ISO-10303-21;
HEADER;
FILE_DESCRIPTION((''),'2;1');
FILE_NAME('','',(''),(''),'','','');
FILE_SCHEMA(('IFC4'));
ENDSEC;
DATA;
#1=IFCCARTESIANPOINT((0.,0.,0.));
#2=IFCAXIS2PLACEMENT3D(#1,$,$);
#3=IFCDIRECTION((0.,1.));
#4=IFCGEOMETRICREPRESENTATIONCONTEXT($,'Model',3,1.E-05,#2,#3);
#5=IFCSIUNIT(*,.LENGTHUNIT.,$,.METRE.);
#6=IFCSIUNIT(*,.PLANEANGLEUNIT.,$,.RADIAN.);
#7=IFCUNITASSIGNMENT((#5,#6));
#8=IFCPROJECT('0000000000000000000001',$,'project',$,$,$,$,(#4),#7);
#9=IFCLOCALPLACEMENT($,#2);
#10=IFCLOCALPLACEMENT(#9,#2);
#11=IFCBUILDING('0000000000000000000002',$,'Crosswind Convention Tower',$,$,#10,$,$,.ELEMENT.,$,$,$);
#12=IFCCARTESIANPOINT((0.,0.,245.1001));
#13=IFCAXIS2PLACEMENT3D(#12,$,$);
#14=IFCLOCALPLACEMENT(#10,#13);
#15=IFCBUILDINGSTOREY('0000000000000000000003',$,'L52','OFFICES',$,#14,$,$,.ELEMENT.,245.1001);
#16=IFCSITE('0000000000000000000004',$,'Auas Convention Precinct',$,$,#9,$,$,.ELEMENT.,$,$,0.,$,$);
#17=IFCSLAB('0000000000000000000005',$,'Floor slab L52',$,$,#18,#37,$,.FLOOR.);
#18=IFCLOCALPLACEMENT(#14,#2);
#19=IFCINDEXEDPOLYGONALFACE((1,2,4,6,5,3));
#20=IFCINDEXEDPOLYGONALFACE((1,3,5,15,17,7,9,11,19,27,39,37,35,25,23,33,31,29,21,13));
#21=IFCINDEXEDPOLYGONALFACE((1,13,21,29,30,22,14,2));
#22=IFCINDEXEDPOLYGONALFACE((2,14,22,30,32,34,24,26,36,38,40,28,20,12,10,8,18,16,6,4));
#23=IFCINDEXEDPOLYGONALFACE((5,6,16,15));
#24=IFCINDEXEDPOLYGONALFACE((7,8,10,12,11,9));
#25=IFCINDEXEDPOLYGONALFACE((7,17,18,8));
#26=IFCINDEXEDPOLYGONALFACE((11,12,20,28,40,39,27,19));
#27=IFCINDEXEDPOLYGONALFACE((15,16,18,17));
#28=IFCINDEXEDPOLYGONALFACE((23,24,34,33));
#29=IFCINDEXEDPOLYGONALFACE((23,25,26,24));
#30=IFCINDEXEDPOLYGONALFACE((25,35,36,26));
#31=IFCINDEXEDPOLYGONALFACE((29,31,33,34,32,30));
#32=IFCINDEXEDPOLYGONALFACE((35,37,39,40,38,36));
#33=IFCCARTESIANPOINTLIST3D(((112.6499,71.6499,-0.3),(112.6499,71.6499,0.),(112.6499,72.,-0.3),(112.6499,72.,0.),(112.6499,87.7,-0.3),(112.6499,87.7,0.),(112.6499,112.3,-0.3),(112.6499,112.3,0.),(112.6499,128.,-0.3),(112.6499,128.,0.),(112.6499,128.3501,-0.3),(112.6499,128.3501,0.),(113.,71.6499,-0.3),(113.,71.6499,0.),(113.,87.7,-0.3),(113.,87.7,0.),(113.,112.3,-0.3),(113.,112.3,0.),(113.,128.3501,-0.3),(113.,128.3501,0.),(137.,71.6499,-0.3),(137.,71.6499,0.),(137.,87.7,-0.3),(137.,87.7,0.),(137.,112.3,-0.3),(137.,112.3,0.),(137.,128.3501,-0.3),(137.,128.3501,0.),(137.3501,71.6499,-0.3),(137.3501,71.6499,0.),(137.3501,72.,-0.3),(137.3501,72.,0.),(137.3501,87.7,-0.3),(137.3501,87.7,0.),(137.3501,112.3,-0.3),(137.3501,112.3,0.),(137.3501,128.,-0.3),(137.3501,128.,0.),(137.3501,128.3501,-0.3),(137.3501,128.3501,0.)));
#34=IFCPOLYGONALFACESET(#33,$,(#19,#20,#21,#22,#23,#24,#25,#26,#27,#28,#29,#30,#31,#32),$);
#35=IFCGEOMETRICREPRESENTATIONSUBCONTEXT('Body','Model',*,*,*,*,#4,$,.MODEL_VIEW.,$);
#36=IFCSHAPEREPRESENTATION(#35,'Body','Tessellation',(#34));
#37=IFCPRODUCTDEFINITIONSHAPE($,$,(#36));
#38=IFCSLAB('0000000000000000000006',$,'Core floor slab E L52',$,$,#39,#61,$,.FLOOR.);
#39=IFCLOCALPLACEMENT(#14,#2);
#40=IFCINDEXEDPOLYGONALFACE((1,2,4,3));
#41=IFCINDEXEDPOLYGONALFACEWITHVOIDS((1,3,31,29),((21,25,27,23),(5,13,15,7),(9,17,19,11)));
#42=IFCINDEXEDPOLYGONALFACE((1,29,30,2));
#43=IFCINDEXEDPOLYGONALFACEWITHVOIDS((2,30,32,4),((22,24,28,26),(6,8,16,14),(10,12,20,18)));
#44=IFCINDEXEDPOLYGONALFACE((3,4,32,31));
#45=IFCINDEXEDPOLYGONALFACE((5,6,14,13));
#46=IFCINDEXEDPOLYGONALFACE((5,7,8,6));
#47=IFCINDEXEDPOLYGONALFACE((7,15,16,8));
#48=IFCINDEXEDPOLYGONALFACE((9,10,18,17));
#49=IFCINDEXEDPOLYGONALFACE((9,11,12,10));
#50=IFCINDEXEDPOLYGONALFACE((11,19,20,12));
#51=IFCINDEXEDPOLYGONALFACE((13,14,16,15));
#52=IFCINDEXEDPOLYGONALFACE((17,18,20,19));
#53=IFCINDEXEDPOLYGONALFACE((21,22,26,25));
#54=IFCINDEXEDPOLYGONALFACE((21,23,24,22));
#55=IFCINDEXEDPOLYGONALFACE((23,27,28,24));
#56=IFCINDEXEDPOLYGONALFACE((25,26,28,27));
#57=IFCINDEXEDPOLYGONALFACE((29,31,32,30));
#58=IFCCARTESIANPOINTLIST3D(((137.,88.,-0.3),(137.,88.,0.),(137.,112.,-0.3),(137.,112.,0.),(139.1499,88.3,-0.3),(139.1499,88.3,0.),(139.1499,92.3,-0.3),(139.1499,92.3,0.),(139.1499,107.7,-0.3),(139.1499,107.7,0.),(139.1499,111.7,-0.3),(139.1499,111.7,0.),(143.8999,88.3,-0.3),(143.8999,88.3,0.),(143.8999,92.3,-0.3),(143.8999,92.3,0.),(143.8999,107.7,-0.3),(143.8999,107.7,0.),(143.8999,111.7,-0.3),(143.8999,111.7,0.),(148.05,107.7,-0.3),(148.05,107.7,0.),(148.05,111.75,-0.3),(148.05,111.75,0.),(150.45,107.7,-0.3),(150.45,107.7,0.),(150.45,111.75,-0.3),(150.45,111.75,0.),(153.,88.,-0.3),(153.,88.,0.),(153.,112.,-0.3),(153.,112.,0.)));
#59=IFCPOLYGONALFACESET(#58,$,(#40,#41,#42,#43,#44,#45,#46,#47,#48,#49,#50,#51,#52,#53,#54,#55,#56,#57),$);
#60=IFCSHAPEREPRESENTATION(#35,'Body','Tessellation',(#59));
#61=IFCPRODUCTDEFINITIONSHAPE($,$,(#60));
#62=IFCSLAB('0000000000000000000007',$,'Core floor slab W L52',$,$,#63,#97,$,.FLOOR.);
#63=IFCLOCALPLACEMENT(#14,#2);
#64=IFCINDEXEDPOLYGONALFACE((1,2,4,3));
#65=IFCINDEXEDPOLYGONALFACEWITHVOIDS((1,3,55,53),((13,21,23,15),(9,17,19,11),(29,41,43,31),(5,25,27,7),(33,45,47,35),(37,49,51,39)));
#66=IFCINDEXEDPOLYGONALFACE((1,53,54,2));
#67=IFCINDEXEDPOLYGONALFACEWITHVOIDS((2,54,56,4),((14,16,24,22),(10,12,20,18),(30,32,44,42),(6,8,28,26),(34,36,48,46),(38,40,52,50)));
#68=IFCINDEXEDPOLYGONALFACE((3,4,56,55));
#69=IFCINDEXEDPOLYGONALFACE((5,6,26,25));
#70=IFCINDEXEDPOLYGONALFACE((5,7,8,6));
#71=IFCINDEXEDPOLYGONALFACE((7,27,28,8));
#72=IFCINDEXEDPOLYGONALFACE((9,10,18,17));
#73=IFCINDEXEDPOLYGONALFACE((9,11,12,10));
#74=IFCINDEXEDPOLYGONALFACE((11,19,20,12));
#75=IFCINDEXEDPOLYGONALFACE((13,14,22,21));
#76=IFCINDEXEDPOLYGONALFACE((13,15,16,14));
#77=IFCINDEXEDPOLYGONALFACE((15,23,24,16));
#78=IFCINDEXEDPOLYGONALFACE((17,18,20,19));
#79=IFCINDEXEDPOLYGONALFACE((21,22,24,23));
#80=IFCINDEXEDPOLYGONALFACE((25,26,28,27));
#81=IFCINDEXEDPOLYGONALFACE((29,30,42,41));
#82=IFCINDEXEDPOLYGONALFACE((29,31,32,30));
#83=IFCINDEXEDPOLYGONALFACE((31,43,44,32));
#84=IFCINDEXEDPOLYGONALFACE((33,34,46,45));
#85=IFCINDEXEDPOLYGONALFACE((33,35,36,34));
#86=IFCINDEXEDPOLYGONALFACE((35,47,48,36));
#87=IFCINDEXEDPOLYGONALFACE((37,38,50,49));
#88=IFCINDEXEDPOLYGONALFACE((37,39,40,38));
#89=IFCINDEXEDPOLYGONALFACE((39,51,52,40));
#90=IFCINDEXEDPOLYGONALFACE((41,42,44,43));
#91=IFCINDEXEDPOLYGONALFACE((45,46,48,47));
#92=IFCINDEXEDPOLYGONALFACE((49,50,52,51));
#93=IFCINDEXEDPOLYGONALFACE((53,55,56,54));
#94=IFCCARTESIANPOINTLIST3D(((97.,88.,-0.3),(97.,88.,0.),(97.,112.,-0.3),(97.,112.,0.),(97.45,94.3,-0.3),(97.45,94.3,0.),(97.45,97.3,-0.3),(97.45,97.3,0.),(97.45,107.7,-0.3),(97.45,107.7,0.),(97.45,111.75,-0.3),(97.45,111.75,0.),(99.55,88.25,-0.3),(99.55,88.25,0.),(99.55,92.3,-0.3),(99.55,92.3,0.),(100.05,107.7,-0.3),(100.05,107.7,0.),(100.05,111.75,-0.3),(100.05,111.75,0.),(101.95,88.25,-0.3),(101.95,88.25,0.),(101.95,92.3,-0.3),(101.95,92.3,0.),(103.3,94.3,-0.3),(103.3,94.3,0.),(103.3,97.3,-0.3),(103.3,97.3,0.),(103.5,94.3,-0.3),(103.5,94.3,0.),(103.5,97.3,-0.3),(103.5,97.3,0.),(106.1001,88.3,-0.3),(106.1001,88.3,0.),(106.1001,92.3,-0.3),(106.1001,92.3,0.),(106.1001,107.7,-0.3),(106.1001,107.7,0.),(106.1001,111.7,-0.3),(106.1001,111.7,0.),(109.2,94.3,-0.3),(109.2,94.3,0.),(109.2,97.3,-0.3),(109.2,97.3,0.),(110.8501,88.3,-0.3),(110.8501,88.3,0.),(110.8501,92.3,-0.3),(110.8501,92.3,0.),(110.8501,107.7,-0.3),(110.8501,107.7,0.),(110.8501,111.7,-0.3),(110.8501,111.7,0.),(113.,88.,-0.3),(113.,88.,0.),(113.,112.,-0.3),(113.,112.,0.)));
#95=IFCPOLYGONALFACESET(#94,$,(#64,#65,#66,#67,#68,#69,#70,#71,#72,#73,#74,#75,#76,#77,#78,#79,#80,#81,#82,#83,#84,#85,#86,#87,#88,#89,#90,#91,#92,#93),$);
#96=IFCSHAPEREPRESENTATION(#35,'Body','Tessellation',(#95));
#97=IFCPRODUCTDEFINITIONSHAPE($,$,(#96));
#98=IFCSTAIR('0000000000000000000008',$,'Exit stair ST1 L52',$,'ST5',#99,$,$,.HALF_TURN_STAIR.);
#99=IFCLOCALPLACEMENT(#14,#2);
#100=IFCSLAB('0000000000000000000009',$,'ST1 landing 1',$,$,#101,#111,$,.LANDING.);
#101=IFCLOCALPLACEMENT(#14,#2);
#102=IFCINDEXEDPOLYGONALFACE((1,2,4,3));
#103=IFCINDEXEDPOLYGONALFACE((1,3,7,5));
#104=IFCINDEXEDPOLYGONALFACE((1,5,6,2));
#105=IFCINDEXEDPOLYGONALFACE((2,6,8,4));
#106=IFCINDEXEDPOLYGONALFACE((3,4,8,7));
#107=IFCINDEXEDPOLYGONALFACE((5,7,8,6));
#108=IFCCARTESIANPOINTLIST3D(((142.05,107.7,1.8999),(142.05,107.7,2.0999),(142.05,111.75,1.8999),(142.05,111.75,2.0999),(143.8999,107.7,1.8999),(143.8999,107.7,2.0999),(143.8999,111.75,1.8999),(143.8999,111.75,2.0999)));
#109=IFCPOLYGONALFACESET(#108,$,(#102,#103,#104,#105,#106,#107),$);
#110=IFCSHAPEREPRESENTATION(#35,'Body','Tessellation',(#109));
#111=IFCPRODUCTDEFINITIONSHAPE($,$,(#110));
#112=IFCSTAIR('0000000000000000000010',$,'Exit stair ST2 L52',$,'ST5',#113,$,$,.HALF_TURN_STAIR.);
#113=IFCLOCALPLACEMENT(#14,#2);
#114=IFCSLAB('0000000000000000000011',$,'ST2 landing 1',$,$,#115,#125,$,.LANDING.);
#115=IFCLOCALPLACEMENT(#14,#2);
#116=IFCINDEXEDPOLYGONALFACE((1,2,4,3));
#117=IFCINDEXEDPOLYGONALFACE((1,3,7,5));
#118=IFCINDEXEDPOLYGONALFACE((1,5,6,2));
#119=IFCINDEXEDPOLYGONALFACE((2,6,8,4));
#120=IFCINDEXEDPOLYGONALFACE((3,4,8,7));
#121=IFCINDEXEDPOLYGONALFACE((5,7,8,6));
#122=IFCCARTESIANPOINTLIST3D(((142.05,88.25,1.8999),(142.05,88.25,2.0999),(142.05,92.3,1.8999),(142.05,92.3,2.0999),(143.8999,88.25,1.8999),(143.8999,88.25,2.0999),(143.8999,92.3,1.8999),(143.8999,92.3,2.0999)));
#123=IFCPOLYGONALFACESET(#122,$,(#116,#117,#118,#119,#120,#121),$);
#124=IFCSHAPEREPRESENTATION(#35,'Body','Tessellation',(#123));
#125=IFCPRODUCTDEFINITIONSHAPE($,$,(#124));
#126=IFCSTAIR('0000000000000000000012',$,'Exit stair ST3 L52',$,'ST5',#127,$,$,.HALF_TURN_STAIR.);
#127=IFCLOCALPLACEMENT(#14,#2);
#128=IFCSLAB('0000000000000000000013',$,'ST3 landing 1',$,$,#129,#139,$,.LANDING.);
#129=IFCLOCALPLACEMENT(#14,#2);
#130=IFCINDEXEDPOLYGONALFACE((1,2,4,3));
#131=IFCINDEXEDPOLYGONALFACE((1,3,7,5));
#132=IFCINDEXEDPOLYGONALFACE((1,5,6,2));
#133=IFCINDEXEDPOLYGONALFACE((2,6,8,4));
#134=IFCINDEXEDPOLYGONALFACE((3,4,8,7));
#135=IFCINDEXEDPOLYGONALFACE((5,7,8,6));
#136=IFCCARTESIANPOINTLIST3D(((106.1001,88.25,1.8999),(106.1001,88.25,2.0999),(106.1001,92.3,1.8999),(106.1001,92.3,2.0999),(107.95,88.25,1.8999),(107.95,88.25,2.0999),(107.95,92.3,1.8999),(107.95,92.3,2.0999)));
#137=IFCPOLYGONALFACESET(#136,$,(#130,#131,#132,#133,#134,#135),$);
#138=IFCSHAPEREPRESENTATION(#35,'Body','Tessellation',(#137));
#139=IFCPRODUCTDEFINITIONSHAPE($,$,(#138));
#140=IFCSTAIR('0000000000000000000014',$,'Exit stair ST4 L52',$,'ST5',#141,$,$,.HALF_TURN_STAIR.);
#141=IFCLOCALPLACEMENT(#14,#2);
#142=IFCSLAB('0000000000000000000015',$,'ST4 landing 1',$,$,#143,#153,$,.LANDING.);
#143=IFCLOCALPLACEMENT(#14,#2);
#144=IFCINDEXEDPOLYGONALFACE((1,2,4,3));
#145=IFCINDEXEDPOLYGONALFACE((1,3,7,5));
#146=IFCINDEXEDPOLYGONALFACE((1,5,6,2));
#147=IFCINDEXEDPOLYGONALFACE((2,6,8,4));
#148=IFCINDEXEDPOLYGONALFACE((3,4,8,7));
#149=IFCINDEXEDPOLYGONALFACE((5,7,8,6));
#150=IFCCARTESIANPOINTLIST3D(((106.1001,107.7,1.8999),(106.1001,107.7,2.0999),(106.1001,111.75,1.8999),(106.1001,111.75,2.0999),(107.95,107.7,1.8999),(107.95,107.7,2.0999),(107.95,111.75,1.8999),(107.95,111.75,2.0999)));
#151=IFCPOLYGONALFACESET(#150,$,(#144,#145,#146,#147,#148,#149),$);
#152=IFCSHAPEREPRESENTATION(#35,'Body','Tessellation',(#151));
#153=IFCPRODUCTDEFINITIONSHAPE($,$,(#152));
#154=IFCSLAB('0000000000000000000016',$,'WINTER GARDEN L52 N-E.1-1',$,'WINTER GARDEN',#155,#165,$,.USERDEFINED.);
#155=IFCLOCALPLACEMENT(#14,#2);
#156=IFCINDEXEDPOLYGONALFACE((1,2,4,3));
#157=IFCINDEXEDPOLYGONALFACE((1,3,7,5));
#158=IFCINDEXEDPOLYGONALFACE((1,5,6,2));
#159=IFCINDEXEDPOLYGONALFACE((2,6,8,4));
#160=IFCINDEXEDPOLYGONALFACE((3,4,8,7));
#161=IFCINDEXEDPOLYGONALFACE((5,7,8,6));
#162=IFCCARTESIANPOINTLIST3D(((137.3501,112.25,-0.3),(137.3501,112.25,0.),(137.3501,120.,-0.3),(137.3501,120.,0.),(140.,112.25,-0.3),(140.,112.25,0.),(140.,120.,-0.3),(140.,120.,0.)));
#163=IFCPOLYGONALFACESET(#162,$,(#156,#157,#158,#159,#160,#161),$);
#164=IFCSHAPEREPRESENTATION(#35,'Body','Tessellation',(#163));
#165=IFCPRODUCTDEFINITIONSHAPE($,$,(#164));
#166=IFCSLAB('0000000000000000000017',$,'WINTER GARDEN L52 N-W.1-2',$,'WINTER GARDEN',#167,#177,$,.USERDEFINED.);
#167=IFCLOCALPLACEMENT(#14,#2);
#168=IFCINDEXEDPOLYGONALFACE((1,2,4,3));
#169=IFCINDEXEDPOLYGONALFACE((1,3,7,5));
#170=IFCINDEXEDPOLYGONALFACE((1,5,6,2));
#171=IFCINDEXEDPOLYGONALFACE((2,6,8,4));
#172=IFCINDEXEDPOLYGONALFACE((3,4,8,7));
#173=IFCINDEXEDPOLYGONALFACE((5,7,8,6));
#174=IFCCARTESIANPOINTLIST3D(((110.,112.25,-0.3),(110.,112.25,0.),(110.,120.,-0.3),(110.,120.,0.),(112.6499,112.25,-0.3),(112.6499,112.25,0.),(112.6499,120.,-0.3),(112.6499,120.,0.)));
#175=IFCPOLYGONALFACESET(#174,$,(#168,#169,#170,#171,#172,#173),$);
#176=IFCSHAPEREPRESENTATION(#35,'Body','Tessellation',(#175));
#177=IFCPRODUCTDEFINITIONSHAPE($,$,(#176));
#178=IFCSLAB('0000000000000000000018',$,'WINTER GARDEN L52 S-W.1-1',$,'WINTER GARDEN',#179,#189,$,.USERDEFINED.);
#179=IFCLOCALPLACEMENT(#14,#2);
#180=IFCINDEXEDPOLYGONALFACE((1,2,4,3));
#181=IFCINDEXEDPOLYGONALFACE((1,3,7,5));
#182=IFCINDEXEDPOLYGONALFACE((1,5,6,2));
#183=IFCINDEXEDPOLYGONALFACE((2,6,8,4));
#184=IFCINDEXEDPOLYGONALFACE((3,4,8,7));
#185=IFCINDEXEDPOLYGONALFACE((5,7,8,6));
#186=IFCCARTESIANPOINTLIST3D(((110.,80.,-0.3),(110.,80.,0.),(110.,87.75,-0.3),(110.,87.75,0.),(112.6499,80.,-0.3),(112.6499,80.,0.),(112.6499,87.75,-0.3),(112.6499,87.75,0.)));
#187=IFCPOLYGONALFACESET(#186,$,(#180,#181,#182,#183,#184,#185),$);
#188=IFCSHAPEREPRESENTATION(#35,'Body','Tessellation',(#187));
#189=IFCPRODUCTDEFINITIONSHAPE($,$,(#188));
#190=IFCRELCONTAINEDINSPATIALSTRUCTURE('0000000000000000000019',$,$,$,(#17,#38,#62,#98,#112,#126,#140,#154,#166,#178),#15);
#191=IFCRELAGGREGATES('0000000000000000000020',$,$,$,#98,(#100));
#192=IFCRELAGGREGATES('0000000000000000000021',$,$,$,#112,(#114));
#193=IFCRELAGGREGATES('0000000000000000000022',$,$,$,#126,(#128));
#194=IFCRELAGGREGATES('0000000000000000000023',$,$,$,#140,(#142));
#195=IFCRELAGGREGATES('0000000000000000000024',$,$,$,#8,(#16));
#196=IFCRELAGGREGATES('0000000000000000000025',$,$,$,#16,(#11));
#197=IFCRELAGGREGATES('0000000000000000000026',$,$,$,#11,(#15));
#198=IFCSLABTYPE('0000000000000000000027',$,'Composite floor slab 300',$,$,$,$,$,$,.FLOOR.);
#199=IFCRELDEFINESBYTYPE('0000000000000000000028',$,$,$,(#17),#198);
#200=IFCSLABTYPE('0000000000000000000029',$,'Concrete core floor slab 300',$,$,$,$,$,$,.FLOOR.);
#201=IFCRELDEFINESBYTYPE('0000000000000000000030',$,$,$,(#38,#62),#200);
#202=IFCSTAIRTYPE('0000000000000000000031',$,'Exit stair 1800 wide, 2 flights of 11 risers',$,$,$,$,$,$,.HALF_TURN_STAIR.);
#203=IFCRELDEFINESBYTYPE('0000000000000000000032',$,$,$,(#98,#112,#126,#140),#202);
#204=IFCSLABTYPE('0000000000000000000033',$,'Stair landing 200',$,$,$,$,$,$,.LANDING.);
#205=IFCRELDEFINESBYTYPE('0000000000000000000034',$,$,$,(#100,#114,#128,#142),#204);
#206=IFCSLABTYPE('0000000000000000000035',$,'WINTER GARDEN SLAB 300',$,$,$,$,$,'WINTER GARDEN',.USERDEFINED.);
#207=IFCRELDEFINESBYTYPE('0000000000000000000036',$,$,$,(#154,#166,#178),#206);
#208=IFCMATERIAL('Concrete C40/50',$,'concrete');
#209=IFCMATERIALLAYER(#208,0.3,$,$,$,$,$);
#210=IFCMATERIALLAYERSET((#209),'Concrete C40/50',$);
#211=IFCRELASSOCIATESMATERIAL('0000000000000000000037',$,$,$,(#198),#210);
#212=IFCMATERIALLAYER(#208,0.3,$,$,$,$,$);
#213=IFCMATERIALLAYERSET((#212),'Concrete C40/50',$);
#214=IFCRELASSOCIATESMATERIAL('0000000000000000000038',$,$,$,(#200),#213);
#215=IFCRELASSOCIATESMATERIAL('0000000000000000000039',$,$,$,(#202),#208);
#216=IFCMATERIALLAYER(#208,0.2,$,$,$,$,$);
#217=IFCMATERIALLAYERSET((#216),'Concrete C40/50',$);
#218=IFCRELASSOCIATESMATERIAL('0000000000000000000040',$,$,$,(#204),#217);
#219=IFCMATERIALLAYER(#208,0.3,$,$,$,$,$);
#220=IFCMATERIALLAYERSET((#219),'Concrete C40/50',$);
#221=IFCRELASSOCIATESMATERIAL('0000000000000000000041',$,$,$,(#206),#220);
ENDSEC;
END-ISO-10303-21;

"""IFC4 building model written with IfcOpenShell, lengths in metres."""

from ifc_helpers import new_model, si_unit, direction, frame, origin, place, context, subcontext, project, spatial, polyline, outline, extrude, material, layer, layer_set, type_object, element, aggregate, save


model = new_model("IFC4")

# Units and contexts
model_context = context("Model", 3, precision=1e-05, world=origin(), true_north=direction((0.0, 1.0)))
body_context = subcontext(model_context, "Body", "Model", "MODEL_VIEW")
ifc_project = project(units=[si_unit("LENGTHUNIT", "METRE"), si_unit("PLANEANGLEUNIT", "RADIAN")], contexts=[model_context])

# Site, building, storey
site_placement = place(None, origin())
site = spatial("IfcSite", under=ifc_project, at=site_placement, Name="Auas Convention Precinct", CompositionType="ELEMENT", RefElevation=0.0)
building_placement = place(site_placement, origin())
building = spatial("IfcBuilding", under=site, at=building_placement, Name="Crosswind Convention Tower", CompositionType="ELEMENT")
storey_placement = place(building_placement, frame((0.0, 0.0, 245.1001)))
storey = spatial("IfcBuildingStorey", under=building, at=storey_placement, Name="L52", Description="OFFICES", CompositionType="ELEMENT", Elevation=245.1001)

# Slabs
ifc_material_1 = material(Name="Concrete C40/50", Category="concrete")
ifc_layer_1 = layer(ifc_material_1, 0.3)
ifc_layer_set_1 = layer_set([ifc_layer_1], Name="Concrete C40/50")
slab_type_1 = type_object("IfcSlabType", Name="Composite floor slab 300", PredefinedType="FLOOR", material=ifc_layer_set_1)
slab_1_placement = place(storey_placement, frame((0.0, 0.0, -0.3)))
element("IfcSlab", 1, at=slab_1_placement, inside=storey, type_object=slab_type_1, Name="Floor slab L52", PredefinedType="FLOOR", context=body_context, shape_type="SweptSolid", body=[
    extrude(outline(polyline([(137.3501, 71.6499), (137.0, 71.6499), (113.0, 71.6499), (112.6499, 71.6499), (112.6499, 72.0), (112.6499, 87.7), (113.0, 87.7), (113.0, 112.3), (112.6499, 112.3), (112.6499, 128.0), (112.6499, 128.3501), (113.0, 128.3501), (137.0, 128.3501), (137.3501, 128.3501), (137.3501, 128.0), (137.3501, 112.3), (137.0, 112.3), (137.0, 87.7), (137.3501, 87.7), (137.3501, 72.0), (137.3501, 71.6499)])), origin(), (0.0, 0.0, 1.0), 0.3),
])
ifc_layer_2 = layer(ifc_material_1, 0.3)
ifc_layer_set_2 = layer_set([ifc_layer_2], Name="Concrete C40/50")
slab_type_2 = type_object("IfcSlabType", Name="Concrete core floor slab 300", PredefinedType="FLOOR", material=ifc_layer_set_2)
slab_2_placement = place(storey_placement, frame((0.0, 0.0, -0.3)))
element("IfcSlab", 2, at=slab_2_placement, inside=storey, type_object=slab_type_2, Name="Core floor slab E L52", PredefinedType="FLOOR", context=body_context, shape_type="SweptSolid", body=[
    extrude(outline(polyline([(137.0, 88.0), (153.0, 88.0), (153.0, 112.0), (137.0, 112.0), (137.0, 88.0)]), holes=[polyline([(150.45, 107.7), (150.45, 111.75), (148.05, 111.75), (148.05, 107.7), (150.45, 107.7)]), polyline([(143.8999, 107.7), (143.8999, 111.7), (139.1499, 111.7), (139.1499, 107.7), (143.8999, 107.7)]), polyline([(143.8999, 88.3), (143.8999, 92.3), (139.1499, 92.3), (139.1499, 88.3), (143.8999, 88.3)])]), origin(), (0.0, 0.0, 1.0), 0.3),
])
slab_3_placement = place(storey_placement, frame((0.0, 0.0, -0.3)))
element("IfcSlab", 3, at=slab_3_placement, inside=storey, type_object=slab_type_2, Name="Core floor slab W L52", PredefinedType="FLOOR", context=body_context, shape_type="SweptSolid", body=[
    extrude(outline(polyline([(97.0, 88.0), (113.0, 88.0), (113.0, 112.0), (97.0, 112.0), (97.0, 88.0)]), holes=[polyline([(109.2, 94.3), (109.2, 97.3), (103.5, 97.3), (103.5, 94.3), (109.2, 94.3)]), polyline([(103.3, 94.3), (103.3, 97.3), (97.45, 97.3), (97.45, 94.3), (103.3, 94.3)]), polyline([(101.95, 88.25), (101.95, 92.3), (99.55, 92.3), (99.55, 88.25), (101.95, 88.25)]), polyline([(100.05, 107.7), (100.05, 111.75), (97.45, 111.75), (97.45, 107.7), (100.05, 107.7)]), polyline([(110.8501, 88.3), (110.8501, 92.3), (106.1001, 92.3), (106.1001, 88.3), (110.8501, 88.3)]), polyline([(110.8501, 107.7), (110.8501, 111.7), (106.1001, 111.7), (106.1001, 107.7), (110.8501, 107.7)])]), origin(), (0.0, 0.0, 1.0), 0.3),
])

# Stairs, slabs
stair_type = type_object("IfcStairType", Name="Exit stair 1800 wide, 2 flights of 11 risers", PredefinedType="HALF_TURN_STAIR", material=ifc_material_1)
stair_1_placement = place(storey_placement, origin())
stair_1 = element("IfcStair", 4, at=stair_1_placement, inside=storey, type_object=stair_type, Name="Exit stair ST1 L52", ObjectType="ST5", PredefinedType="HALF_TURN_STAIR")
ifc_layer_3 = layer(ifc_material_1, 0.2)
ifc_layer_set_3 = layer_set([ifc_layer_3], Name="Concrete C40/50")
slab_type_3 = type_object("IfcSlabType", Name="Stair landing 200", PredefinedType="LANDING", material=ifc_layer_set_3)
slab_4_placement = place(storey_placement, frame((0.0, 0.0, 1.8999)))
slab_4 = element("IfcSlab", 5, at=slab_4_placement, type_object=slab_type_3, Name="ST1 landing 1", PredefinedType="LANDING", context=body_context, shape_type="SweptSolid", body=[
    extrude(outline(polyline([(143.8999, 107.7), (143.8999, 111.75), (142.05, 111.75), (142.05, 107.7), (143.8999, 107.7)])), origin(), (0.0, 0.0, 1.0), 0.2),
])
aggregate(stair_1, [slab_4])
stair_2_placement = place(storey_placement, origin())
stair_2 = element("IfcStair", 6, at=stair_2_placement, inside=storey, type_object=stair_type, Name="Exit stair ST2 L52", ObjectType="ST5", PredefinedType="HALF_TURN_STAIR")
slab_5_placement = place(storey_placement, frame((0.0, 0.0, 1.8999)))
slab_5 = element("IfcSlab", 7, at=slab_5_placement, type_object=slab_type_3, Name="ST2 landing 1", PredefinedType="LANDING", context=body_context, shape_type="SweptSolid", body=[
    extrude(outline(polyline([(143.8999, 88.25), (143.8999, 92.3), (142.05, 92.3), (142.05, 88.25), (143.8999, 88.25)])), origin(), (0.0, 0.0, 1.0), 0.2),
])
aggregate(stair_2, [slab_5])
stair_3_placement = place(storey_placement, origin())
stair_3 = element("IfcStair", 8, at=stair_3_placement, inside=storey, type_object=stair_type, Name="Exit stair ST3 L52", ObjectType="ST5", PredefinedType="HALF_TURN_STAIR")
slab_6_placement = place(storey_placement, frame((0.0, 0.0, 1.8999)))
slab_6 = element("IfcSlab", 9, at=slab_6_placement, type_object=slab_type_3, Name="ST3 landing 1", PredefinedType="LANDING", context=body_context, shape_type="SweptSolid", body=[
    extrude(outline(polyline([(107.95, 88.25), (107.95, 92.3), (106.1001, 92.3), (106.1001, 88.25), (107.95, 88.25)])), origin(), (0.0, 0.0, 1.0), 0.2),
])
aggregate(stair_3, [slab_6])
stair_4_placement = place(storey_placement, origin())
stair_4 = element("IfcStair", 10, at=stair_4_placement, inside=storey, type_object=stair_type, Name="Exit stair ST4 L52", ObjectType="ST5", PredefinedType="HALF_TURN_STAIR")
slab_7_placement = place(storey_placement, frame((0.0, 0.0, 1.8999)))
slab_7 = element("IfcSlab", 11, at=slab_7_placement, type_object=slab_type_3, Name="ST4 landing 1", PredefinedType="LANDING", context=body_context, shape_type="SweptSolid", body=[
    extrude(outline(polyline([(107.95, 107.7), (107.95, 111.75), (106.1001, 111.75), (106.1001, 107.7), (107.95, 107.7)])), origin(), (0.0, 0.0, 1.0), 0.2),
])
aggregate(stair_4, [slab_7])

# Slabs
ifc_layer_4 = layer(ifc_material_1, 0.3)
ifc_layer_set_4 = layer_set([ifc_layer_4], Name="Concrete C40/50")
slab_type_4 = type_object("IfcSlabType", Name="WINTER GARDEN SLAB 300", ElementType="WINTER GARDEN", PredefinedType="USERDEFINED", material=ifc_layer_set_4)
slab_8_placement = place(storey_placement, frame((0.0, 0.0, -0.3)))
element("IfcSlab", 12, at=slab_8_placement, inside=storey, type_object=slab_type_4, Name="WINTER GARDEN L52 N-E.1-1", ObjectType="WINTER GARDEN", PredefinedType="USERDEFINED", context=body_context, shape_type="SweptSolid", body=[
    extrude(outline(polyline([(137.3501, 112.25), (137.3501, 120.0), (140.0, 120.0), (140.0, 112.25), (137.3501, 112.25)])), origin(), (0.0, 0.0, 1.0), 0.3),
])
slab_9_placement = place(storey_placement, frame((0.0, 0.0, -0.3)))
element("IfcSlab", 13, at=slab_9_placement, inside=storey, type_object=slab_type_4, Name="WINTER GARDEN L52 N-W.1-2", ObjectType="WINTER GARDEN", PredefinedType="USERDEFINED", context=body_context, shape_type="SweptSolid", body=[
    extrude(outline(polyline([(112.6499, 120.0), (112.6499, 112.25), (110.0, 112.25), (110.0, 120.0), (112.6499, 120.0)])), origin(), (0.0, 0.0, 1.0), 0.3),
])
slab_10_placement = place(storey_placement, frame((0.0, 0.0, -0.3)))
element("IfcSlab", 14, at=slab_10_placement, inside=storey, type_object=slab_type_4, Name="WINTER GARDEN L52 S-W.1-1", ObjectType="WINTER GARDEN", PredefinedType="USERDEFINED", context=body_context, shape_type="SweptSolid", body=[
    extrude(outline(polyline([(112.6499, 87.75), (112.6499, 80.0), (110.0, 80.0), (110.0, 87.75), (112.6499, 87.75)])), origin(), (0.0, 0.0, 1.0), 0.3),
])

save(model, "model.ifc")
